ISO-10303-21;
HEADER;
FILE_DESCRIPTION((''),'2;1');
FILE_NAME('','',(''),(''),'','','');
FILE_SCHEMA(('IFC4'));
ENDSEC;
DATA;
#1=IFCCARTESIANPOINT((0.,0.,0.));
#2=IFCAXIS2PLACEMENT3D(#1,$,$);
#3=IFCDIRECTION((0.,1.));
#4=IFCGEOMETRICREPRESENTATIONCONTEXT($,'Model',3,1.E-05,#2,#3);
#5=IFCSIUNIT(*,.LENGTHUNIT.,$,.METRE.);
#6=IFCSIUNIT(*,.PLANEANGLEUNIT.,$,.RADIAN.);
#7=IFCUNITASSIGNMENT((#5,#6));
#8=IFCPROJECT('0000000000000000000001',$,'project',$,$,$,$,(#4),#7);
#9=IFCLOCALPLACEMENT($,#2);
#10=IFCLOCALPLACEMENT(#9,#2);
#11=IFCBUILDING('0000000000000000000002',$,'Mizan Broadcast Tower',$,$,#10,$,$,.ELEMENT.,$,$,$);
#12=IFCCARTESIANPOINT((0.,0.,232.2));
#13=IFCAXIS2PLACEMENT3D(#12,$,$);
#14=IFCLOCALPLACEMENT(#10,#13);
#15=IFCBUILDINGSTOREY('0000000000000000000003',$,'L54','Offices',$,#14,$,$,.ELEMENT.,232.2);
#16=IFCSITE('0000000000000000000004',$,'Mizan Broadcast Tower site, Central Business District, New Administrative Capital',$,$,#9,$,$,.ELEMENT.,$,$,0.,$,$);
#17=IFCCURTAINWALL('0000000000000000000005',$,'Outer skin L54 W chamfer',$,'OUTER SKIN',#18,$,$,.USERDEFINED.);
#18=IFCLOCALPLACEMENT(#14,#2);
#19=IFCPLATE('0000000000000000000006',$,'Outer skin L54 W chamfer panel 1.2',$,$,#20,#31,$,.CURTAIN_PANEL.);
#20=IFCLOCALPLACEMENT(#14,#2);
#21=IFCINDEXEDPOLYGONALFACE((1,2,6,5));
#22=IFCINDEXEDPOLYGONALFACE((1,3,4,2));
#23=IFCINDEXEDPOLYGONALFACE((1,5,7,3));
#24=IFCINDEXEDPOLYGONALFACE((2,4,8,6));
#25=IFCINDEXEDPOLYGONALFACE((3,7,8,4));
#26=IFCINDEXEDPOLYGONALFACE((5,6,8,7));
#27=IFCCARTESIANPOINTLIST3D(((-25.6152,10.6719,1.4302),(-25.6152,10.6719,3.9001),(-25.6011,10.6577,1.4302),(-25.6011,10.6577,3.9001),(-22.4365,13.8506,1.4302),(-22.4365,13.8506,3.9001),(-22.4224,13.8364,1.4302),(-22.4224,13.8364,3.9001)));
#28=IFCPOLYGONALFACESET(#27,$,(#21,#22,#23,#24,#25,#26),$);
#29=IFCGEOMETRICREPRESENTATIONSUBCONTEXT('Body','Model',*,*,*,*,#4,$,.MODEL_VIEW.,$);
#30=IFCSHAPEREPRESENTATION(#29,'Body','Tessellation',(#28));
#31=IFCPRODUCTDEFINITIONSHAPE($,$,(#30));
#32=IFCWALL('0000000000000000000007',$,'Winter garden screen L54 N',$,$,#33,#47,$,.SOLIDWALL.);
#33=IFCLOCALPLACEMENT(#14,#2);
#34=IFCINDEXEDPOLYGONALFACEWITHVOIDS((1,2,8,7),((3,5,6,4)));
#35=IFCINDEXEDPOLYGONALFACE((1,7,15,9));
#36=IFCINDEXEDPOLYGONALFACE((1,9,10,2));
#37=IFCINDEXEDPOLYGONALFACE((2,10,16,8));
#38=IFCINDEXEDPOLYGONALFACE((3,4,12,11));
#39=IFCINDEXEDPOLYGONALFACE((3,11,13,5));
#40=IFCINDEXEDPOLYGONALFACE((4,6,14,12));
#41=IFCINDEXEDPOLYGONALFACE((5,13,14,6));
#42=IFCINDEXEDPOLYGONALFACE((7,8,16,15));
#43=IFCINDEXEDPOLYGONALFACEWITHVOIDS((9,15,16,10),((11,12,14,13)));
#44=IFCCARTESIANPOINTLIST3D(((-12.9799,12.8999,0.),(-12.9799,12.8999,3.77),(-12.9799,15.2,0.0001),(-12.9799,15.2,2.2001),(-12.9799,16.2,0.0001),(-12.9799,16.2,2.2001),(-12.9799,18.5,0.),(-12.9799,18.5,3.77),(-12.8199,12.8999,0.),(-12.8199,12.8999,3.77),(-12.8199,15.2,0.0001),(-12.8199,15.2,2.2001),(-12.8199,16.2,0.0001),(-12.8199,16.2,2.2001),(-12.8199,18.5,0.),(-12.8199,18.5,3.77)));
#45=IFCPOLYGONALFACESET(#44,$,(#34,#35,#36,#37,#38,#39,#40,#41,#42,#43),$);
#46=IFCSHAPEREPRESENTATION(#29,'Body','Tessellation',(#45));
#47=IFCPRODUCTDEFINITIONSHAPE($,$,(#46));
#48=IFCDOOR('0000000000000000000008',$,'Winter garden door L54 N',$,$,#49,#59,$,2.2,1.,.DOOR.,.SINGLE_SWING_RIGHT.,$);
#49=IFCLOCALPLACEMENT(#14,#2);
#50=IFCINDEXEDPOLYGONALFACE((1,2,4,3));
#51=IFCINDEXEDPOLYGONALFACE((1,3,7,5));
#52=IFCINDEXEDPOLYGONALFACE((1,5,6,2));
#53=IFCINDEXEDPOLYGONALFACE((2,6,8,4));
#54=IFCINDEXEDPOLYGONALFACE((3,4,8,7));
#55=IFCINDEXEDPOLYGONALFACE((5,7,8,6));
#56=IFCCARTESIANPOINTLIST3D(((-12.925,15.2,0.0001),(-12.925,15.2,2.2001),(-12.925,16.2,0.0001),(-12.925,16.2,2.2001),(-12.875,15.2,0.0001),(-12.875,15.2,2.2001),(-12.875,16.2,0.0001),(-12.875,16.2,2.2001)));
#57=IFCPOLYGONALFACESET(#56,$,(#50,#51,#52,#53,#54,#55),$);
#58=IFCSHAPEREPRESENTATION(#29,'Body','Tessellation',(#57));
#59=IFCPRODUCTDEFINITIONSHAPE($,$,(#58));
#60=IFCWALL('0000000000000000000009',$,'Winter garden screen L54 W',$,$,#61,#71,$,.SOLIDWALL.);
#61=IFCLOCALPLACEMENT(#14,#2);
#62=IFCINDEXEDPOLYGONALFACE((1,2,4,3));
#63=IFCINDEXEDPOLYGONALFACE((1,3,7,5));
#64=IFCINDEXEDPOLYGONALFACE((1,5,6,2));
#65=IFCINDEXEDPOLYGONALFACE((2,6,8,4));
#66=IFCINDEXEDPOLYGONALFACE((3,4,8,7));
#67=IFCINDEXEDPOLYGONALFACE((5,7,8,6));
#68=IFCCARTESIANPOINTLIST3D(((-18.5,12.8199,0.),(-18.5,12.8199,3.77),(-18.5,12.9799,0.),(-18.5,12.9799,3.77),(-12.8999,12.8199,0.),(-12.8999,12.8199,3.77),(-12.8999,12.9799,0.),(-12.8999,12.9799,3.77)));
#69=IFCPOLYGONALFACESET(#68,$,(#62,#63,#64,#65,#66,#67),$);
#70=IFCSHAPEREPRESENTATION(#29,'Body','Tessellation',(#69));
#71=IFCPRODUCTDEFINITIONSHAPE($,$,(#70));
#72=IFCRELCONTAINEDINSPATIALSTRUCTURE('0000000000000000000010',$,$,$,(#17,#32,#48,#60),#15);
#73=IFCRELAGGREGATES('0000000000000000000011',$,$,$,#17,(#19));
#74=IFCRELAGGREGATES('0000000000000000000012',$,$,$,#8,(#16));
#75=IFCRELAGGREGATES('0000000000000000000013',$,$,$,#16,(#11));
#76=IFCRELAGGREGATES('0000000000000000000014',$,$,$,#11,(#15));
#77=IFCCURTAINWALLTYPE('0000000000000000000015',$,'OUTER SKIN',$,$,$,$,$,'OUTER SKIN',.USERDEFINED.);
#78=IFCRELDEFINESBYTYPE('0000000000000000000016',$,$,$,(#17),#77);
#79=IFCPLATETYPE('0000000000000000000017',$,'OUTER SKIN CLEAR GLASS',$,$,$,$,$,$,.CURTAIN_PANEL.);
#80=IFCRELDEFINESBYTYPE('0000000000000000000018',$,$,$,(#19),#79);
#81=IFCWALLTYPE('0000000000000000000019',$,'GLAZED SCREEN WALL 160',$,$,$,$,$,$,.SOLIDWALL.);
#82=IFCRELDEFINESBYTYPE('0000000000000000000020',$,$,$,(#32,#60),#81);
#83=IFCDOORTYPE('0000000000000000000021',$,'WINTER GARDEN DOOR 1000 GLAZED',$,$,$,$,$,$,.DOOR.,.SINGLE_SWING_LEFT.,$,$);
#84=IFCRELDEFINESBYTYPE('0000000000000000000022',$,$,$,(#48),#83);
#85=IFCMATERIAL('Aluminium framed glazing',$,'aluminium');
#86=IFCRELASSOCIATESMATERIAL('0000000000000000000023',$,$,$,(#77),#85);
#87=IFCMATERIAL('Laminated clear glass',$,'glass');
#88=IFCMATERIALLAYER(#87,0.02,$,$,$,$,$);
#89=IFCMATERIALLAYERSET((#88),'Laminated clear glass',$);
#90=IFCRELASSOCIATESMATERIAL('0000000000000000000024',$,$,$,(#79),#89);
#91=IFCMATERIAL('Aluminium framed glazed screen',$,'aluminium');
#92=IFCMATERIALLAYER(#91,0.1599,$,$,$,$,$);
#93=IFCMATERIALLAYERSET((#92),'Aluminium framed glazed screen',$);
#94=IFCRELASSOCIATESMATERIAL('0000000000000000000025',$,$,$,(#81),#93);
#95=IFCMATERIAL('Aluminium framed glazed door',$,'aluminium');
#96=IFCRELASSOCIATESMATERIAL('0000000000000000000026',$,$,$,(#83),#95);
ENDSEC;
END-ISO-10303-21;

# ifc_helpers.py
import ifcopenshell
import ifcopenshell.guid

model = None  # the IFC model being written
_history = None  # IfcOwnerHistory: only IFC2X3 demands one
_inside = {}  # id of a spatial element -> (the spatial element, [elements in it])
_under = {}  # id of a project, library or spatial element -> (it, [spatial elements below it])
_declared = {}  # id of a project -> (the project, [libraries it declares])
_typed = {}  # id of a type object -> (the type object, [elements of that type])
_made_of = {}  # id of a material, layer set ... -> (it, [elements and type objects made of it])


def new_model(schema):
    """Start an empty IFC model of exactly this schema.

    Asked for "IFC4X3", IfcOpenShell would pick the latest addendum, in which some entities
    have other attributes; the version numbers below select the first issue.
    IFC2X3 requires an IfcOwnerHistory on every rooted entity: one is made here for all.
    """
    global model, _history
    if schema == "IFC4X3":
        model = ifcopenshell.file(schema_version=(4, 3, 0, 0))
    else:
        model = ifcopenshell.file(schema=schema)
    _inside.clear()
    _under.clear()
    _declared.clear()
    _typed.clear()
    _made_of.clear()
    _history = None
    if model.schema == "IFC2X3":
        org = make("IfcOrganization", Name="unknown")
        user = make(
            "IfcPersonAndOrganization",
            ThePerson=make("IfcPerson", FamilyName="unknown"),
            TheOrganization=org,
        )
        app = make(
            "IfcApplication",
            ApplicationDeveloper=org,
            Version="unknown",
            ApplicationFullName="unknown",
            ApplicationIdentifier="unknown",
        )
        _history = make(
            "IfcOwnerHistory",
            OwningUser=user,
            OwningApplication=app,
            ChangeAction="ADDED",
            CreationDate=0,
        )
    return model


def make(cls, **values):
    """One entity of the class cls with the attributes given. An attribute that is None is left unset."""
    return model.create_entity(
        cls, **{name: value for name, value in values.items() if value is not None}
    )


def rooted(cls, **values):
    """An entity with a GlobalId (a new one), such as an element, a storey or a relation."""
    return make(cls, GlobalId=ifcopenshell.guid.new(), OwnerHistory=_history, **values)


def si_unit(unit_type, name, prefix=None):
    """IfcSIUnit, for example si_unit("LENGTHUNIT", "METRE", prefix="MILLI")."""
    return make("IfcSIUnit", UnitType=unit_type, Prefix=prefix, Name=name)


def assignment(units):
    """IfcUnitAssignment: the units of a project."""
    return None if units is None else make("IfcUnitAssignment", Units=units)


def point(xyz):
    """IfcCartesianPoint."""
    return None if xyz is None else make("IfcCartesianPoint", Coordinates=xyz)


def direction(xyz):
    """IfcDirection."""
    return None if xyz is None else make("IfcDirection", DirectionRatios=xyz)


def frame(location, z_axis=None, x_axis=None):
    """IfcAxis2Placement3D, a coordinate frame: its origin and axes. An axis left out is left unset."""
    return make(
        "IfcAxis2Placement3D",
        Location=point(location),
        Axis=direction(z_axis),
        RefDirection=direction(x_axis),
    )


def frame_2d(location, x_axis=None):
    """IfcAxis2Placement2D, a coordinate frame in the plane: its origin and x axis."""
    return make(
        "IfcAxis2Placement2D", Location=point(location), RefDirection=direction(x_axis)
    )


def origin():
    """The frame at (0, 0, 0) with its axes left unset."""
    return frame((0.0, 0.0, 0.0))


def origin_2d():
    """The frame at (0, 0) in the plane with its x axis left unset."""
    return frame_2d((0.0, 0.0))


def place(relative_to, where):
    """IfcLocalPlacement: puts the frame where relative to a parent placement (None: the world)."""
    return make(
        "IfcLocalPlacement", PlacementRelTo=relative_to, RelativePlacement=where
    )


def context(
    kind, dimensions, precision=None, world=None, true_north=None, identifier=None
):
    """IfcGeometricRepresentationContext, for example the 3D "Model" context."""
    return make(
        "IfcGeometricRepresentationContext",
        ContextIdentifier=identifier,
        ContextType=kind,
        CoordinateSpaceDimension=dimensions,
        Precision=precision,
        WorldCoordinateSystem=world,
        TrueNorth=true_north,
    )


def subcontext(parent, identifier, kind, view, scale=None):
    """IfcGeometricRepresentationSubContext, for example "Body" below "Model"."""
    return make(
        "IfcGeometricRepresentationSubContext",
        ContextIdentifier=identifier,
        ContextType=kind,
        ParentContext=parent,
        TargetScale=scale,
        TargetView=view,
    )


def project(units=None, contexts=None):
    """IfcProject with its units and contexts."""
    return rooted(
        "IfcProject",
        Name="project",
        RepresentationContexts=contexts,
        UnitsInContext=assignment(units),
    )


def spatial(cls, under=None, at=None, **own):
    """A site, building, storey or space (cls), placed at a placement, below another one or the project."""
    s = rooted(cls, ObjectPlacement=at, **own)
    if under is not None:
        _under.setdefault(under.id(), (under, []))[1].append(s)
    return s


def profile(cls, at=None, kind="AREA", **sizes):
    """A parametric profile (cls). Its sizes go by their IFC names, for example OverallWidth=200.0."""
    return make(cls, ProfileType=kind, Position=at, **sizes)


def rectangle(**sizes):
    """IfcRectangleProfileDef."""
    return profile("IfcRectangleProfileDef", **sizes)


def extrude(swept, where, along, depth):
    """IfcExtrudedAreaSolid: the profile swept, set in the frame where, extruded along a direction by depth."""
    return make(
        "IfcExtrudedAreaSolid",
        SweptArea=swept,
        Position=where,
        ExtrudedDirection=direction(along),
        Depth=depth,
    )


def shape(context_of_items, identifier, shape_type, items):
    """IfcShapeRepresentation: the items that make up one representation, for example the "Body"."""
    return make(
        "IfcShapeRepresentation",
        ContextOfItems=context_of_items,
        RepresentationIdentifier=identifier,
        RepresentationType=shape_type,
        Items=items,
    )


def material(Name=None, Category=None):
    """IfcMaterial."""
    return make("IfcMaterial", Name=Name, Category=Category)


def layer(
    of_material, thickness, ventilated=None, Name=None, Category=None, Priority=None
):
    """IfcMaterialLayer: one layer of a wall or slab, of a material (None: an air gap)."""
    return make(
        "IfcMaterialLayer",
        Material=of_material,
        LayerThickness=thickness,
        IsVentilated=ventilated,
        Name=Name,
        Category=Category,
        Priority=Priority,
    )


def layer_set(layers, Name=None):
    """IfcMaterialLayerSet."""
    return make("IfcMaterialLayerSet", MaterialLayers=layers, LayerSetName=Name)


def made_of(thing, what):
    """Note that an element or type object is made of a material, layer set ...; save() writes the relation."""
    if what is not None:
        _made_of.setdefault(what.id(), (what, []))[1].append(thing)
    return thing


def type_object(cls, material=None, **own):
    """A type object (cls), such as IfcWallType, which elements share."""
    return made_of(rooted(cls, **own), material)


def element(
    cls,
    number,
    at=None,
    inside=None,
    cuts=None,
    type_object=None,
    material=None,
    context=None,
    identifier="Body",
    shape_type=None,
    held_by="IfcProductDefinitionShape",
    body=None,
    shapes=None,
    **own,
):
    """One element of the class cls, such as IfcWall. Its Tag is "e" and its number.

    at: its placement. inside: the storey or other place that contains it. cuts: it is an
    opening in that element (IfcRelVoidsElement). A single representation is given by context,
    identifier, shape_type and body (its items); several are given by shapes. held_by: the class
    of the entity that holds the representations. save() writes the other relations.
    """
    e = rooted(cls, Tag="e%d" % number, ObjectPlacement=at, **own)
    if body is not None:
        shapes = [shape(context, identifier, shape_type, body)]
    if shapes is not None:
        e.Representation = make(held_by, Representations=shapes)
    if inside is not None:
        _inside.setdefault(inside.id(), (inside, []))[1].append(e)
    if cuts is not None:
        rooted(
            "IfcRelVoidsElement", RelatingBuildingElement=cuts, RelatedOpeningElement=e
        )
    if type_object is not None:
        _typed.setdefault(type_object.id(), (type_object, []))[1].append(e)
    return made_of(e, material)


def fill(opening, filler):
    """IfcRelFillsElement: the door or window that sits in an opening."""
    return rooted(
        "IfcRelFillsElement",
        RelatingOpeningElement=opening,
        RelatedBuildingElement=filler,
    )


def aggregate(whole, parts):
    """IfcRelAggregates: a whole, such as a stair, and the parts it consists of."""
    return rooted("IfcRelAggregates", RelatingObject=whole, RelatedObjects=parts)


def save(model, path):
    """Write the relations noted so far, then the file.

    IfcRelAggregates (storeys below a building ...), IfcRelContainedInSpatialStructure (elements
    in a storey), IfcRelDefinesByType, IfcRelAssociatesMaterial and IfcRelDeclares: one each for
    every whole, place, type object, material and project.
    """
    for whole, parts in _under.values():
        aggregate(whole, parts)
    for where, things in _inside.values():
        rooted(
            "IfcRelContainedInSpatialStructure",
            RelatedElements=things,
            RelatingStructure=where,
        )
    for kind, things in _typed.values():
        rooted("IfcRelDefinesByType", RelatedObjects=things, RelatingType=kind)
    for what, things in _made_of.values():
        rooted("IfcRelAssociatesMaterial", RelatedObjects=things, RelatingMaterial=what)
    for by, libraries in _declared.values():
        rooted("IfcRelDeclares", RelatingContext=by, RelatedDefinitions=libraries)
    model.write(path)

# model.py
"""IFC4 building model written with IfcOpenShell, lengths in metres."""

from ifc_helpers import new_model, si_unit, direction, frame, frame_2d, origin, origin_2d, place, context, subcontext, project, spatial, rectangle, extrude, material, layer, layer_set, type_object, element, fill, aggregate, save


model = new_model("IFC4")

# Units and contexts
model_context = context("Model", 3, precision=1e-05, world=origin(), true_north=direction((0.0, 1.0)))
body_context = subcontext(model_context, "Body", "Model", "MODEL_VIEW")
ifc_project = project(units=[si_unit("LENGTHUNIT", "METRE"), si_unit("PLANEANGLEUNIT", "RADIAN")], contexts=[model_context])

# Site, building, storey
site_placement = place(None, origin())
site = spatial("IfcSite", under=ifc_project, at=site_placement, Name="Mizan Broadcast Tower site, Central Business District, New Administrative Capital", CompositionType="ELEMENT", RefElevation=0.0)
building_placement = place(site_placement, origin())
building = spatial("IfcBuilding", under=site, at=building_placement, Name="Mizan Broadcast Tower", CompositionType="ELEMENT")
storey_placement = place(building_placement, frame((0.0, 0.0, 232.2)))
storey = spatial("IfcBuildingStorey", under=building, at=storey_placement, Name="L54", Description="Offices", CompositionType="ELEMENT", Elevation=232.2)

# Shared definitions
ifc_material_1 = material(Name="Aluminium framed glazing", Category="aluminium")
curtain_wall_type_1 = type_object("IfcCurtainWallType", Name="OUTER SKIN", ElementType="OUTER SKIN", PredefinedType="USERDEFINED", material=ifc_material_1)

# Curtain wall
curtain_wall_1_placement = place(storey_placement, origin())
curtain_wall_1 = element("IfcCurtainWall", 1, at=curtain_wall_1_placement, inside=storey, type_object=curtain_wall_type_1, Name="Outer skin L54 W chamfer", ObjectType="OUTER SKIN", PredefinedType="USERDEFINED")

# Plate
ifc_material_2 = material(Name="Laminated clear glass", Category="glass")
ifc_layer_1 = layer(ifc_material_2, 0.02)
ifc_layer_set_1 = layer_set([ifc_layer_1], Name="Laminated clear glass")
plate_type_1 = type_object("IfcPlateType", Name="OUTER SKIN CLEAR GLASS", PredefinedType="CURTAIN_PANEL", material=ifc_layer_set_1)
plate_1_placement = place(storey_placement, frame((-24.0188, 12.2542, 1.4302), z_axis=(0.0, 0.0, 1.0), x_axis=(-0.707107, -0.707107, 0.0)))
plate_1 = element("IfcPlate", 2, at=plate_1_placement, type_object=plate_type_1, Name="Outer skin L54 W chamfer panel 1.2", PredefinedType="CURTAIN_PANEL", context=body_context, shape_type="SweptSolid", body=[
    extrude(rectangle(XDim=4.4954, YDim=0.02, at=origin_2d()), origin(), (0.0, 0.0, 1.0), 2.47),
])
aggregate(curtain_wall_1, [plate_1])

# Wall, opening, door
ifc_material_3 = material(Name="Aluminium framed glazed screen", Category="aluminium")
ifc_layer_2 = layer(ifc_material_3, 0.1599)
ifc_layer_set_2 = layer_set([ifc_layer_2], Name="Aluminium framed glazed screen")
wall_type = type_object("IfcWallType", Name="GLAZED SCREEN WALL 160", PredefinedType="SOLIDWALL", material=ifc_layer_set_2)
wall_1_placement = place(storey_placement, frame((-12.8999, 18.5, 0.0), z_axis=(0.0, 0.0, 1.0), x_axis=(0.0, -1.0, 0.0)))
wall_1 = element("IfcWall", 3, at=wall_1_placement, inside=storey, type_object=wall_type, Name="Winter garden screen L54 N", PredefinedType="SOLIDWALL", context=body_context, shape_type="SweptSolid", body=[
    extrude(rectangle(XDim=5.6001, YDim=0.1599, at=frame_2d((2.8, 0.0))), origin(), (0.0, 0.0, 1.0), 3.77),
])
opening_placement = place(wall_1_placement, frame((2.3, 0.0, 0.0)))
opening = element("IfcOpeningElement", 4, at=opening_placement, cuts=wall_1, PredefinedType="OPENING", context=body_context, shape_type="SweptSolid", body=[
    extrude(rectangle(XDim=1.0, YDim=2.2, at=frame_2d((0.5, 1.1001))), frame((0.0, 0.0898, 0.0), z_axis=(0.0, -1.0, 0.0), x_axis=(1.0, 0.0, 0.0)), (0.0, 0.0, 1.0), 0.1799),
])
ifc_material_4 = material(Name="Aluminium framed glazed door", Category="aluminium")
door_type = type_object("IfcDoorType", Name="WINTER GARDEN DOOR 1000 GLAZED", OperationType="SINGLE_SWING_LEFT", PredefinedType="DOOR", material=ifc_material_4)
door_placement = place(opening_placement, origin())
door = element("IfcDoor", 5, at=door_placement, inside=storey, type_object=door_type, Name="Winter garden door L54 N", OperationType="SINGLE_SWING_RIGHT", OverallHeight=2.2, OverallWidth=1.0, PredefinedType="DOOR", context=body_context, shape_type="SweptSolid", body=[
    extrude(rectangle(XDim=1.0, YDim=2.2, at=frame_2d((0.5, 1.1001))), frame((0.0, 0.0249, 0.0), z_axis=(0.0, -1.0, 0.0), x_axis=(1.0, 0.0, 0.0)), (0.0, 0.0, 1.0), 0.05),
])
fill(opening, door)

# Wall
wall_2_placement = place(storey_placement, frame((-12.8999, 12.8999, 0.0), z_axis=(0.0, 0.0, 1.0), x_axis=(-1.0, 0.0, 0.0)))
element("IfcWall", 6, at=wall_2_placement, inside=storey, type_object=wall_type, Name="Winter garden screen L54 W", PredefinedType="SOLIDWALL", context=body_context, shape_type="SweptSolid", body=[
    extrude(rectangle(XDim=5.6001, YDim=0.1599, at=frame_2d((2.8, 0.0))), origin(), (0.0, 0.0, 1.0), 3.77),
])

save(model, "model.ifc")
